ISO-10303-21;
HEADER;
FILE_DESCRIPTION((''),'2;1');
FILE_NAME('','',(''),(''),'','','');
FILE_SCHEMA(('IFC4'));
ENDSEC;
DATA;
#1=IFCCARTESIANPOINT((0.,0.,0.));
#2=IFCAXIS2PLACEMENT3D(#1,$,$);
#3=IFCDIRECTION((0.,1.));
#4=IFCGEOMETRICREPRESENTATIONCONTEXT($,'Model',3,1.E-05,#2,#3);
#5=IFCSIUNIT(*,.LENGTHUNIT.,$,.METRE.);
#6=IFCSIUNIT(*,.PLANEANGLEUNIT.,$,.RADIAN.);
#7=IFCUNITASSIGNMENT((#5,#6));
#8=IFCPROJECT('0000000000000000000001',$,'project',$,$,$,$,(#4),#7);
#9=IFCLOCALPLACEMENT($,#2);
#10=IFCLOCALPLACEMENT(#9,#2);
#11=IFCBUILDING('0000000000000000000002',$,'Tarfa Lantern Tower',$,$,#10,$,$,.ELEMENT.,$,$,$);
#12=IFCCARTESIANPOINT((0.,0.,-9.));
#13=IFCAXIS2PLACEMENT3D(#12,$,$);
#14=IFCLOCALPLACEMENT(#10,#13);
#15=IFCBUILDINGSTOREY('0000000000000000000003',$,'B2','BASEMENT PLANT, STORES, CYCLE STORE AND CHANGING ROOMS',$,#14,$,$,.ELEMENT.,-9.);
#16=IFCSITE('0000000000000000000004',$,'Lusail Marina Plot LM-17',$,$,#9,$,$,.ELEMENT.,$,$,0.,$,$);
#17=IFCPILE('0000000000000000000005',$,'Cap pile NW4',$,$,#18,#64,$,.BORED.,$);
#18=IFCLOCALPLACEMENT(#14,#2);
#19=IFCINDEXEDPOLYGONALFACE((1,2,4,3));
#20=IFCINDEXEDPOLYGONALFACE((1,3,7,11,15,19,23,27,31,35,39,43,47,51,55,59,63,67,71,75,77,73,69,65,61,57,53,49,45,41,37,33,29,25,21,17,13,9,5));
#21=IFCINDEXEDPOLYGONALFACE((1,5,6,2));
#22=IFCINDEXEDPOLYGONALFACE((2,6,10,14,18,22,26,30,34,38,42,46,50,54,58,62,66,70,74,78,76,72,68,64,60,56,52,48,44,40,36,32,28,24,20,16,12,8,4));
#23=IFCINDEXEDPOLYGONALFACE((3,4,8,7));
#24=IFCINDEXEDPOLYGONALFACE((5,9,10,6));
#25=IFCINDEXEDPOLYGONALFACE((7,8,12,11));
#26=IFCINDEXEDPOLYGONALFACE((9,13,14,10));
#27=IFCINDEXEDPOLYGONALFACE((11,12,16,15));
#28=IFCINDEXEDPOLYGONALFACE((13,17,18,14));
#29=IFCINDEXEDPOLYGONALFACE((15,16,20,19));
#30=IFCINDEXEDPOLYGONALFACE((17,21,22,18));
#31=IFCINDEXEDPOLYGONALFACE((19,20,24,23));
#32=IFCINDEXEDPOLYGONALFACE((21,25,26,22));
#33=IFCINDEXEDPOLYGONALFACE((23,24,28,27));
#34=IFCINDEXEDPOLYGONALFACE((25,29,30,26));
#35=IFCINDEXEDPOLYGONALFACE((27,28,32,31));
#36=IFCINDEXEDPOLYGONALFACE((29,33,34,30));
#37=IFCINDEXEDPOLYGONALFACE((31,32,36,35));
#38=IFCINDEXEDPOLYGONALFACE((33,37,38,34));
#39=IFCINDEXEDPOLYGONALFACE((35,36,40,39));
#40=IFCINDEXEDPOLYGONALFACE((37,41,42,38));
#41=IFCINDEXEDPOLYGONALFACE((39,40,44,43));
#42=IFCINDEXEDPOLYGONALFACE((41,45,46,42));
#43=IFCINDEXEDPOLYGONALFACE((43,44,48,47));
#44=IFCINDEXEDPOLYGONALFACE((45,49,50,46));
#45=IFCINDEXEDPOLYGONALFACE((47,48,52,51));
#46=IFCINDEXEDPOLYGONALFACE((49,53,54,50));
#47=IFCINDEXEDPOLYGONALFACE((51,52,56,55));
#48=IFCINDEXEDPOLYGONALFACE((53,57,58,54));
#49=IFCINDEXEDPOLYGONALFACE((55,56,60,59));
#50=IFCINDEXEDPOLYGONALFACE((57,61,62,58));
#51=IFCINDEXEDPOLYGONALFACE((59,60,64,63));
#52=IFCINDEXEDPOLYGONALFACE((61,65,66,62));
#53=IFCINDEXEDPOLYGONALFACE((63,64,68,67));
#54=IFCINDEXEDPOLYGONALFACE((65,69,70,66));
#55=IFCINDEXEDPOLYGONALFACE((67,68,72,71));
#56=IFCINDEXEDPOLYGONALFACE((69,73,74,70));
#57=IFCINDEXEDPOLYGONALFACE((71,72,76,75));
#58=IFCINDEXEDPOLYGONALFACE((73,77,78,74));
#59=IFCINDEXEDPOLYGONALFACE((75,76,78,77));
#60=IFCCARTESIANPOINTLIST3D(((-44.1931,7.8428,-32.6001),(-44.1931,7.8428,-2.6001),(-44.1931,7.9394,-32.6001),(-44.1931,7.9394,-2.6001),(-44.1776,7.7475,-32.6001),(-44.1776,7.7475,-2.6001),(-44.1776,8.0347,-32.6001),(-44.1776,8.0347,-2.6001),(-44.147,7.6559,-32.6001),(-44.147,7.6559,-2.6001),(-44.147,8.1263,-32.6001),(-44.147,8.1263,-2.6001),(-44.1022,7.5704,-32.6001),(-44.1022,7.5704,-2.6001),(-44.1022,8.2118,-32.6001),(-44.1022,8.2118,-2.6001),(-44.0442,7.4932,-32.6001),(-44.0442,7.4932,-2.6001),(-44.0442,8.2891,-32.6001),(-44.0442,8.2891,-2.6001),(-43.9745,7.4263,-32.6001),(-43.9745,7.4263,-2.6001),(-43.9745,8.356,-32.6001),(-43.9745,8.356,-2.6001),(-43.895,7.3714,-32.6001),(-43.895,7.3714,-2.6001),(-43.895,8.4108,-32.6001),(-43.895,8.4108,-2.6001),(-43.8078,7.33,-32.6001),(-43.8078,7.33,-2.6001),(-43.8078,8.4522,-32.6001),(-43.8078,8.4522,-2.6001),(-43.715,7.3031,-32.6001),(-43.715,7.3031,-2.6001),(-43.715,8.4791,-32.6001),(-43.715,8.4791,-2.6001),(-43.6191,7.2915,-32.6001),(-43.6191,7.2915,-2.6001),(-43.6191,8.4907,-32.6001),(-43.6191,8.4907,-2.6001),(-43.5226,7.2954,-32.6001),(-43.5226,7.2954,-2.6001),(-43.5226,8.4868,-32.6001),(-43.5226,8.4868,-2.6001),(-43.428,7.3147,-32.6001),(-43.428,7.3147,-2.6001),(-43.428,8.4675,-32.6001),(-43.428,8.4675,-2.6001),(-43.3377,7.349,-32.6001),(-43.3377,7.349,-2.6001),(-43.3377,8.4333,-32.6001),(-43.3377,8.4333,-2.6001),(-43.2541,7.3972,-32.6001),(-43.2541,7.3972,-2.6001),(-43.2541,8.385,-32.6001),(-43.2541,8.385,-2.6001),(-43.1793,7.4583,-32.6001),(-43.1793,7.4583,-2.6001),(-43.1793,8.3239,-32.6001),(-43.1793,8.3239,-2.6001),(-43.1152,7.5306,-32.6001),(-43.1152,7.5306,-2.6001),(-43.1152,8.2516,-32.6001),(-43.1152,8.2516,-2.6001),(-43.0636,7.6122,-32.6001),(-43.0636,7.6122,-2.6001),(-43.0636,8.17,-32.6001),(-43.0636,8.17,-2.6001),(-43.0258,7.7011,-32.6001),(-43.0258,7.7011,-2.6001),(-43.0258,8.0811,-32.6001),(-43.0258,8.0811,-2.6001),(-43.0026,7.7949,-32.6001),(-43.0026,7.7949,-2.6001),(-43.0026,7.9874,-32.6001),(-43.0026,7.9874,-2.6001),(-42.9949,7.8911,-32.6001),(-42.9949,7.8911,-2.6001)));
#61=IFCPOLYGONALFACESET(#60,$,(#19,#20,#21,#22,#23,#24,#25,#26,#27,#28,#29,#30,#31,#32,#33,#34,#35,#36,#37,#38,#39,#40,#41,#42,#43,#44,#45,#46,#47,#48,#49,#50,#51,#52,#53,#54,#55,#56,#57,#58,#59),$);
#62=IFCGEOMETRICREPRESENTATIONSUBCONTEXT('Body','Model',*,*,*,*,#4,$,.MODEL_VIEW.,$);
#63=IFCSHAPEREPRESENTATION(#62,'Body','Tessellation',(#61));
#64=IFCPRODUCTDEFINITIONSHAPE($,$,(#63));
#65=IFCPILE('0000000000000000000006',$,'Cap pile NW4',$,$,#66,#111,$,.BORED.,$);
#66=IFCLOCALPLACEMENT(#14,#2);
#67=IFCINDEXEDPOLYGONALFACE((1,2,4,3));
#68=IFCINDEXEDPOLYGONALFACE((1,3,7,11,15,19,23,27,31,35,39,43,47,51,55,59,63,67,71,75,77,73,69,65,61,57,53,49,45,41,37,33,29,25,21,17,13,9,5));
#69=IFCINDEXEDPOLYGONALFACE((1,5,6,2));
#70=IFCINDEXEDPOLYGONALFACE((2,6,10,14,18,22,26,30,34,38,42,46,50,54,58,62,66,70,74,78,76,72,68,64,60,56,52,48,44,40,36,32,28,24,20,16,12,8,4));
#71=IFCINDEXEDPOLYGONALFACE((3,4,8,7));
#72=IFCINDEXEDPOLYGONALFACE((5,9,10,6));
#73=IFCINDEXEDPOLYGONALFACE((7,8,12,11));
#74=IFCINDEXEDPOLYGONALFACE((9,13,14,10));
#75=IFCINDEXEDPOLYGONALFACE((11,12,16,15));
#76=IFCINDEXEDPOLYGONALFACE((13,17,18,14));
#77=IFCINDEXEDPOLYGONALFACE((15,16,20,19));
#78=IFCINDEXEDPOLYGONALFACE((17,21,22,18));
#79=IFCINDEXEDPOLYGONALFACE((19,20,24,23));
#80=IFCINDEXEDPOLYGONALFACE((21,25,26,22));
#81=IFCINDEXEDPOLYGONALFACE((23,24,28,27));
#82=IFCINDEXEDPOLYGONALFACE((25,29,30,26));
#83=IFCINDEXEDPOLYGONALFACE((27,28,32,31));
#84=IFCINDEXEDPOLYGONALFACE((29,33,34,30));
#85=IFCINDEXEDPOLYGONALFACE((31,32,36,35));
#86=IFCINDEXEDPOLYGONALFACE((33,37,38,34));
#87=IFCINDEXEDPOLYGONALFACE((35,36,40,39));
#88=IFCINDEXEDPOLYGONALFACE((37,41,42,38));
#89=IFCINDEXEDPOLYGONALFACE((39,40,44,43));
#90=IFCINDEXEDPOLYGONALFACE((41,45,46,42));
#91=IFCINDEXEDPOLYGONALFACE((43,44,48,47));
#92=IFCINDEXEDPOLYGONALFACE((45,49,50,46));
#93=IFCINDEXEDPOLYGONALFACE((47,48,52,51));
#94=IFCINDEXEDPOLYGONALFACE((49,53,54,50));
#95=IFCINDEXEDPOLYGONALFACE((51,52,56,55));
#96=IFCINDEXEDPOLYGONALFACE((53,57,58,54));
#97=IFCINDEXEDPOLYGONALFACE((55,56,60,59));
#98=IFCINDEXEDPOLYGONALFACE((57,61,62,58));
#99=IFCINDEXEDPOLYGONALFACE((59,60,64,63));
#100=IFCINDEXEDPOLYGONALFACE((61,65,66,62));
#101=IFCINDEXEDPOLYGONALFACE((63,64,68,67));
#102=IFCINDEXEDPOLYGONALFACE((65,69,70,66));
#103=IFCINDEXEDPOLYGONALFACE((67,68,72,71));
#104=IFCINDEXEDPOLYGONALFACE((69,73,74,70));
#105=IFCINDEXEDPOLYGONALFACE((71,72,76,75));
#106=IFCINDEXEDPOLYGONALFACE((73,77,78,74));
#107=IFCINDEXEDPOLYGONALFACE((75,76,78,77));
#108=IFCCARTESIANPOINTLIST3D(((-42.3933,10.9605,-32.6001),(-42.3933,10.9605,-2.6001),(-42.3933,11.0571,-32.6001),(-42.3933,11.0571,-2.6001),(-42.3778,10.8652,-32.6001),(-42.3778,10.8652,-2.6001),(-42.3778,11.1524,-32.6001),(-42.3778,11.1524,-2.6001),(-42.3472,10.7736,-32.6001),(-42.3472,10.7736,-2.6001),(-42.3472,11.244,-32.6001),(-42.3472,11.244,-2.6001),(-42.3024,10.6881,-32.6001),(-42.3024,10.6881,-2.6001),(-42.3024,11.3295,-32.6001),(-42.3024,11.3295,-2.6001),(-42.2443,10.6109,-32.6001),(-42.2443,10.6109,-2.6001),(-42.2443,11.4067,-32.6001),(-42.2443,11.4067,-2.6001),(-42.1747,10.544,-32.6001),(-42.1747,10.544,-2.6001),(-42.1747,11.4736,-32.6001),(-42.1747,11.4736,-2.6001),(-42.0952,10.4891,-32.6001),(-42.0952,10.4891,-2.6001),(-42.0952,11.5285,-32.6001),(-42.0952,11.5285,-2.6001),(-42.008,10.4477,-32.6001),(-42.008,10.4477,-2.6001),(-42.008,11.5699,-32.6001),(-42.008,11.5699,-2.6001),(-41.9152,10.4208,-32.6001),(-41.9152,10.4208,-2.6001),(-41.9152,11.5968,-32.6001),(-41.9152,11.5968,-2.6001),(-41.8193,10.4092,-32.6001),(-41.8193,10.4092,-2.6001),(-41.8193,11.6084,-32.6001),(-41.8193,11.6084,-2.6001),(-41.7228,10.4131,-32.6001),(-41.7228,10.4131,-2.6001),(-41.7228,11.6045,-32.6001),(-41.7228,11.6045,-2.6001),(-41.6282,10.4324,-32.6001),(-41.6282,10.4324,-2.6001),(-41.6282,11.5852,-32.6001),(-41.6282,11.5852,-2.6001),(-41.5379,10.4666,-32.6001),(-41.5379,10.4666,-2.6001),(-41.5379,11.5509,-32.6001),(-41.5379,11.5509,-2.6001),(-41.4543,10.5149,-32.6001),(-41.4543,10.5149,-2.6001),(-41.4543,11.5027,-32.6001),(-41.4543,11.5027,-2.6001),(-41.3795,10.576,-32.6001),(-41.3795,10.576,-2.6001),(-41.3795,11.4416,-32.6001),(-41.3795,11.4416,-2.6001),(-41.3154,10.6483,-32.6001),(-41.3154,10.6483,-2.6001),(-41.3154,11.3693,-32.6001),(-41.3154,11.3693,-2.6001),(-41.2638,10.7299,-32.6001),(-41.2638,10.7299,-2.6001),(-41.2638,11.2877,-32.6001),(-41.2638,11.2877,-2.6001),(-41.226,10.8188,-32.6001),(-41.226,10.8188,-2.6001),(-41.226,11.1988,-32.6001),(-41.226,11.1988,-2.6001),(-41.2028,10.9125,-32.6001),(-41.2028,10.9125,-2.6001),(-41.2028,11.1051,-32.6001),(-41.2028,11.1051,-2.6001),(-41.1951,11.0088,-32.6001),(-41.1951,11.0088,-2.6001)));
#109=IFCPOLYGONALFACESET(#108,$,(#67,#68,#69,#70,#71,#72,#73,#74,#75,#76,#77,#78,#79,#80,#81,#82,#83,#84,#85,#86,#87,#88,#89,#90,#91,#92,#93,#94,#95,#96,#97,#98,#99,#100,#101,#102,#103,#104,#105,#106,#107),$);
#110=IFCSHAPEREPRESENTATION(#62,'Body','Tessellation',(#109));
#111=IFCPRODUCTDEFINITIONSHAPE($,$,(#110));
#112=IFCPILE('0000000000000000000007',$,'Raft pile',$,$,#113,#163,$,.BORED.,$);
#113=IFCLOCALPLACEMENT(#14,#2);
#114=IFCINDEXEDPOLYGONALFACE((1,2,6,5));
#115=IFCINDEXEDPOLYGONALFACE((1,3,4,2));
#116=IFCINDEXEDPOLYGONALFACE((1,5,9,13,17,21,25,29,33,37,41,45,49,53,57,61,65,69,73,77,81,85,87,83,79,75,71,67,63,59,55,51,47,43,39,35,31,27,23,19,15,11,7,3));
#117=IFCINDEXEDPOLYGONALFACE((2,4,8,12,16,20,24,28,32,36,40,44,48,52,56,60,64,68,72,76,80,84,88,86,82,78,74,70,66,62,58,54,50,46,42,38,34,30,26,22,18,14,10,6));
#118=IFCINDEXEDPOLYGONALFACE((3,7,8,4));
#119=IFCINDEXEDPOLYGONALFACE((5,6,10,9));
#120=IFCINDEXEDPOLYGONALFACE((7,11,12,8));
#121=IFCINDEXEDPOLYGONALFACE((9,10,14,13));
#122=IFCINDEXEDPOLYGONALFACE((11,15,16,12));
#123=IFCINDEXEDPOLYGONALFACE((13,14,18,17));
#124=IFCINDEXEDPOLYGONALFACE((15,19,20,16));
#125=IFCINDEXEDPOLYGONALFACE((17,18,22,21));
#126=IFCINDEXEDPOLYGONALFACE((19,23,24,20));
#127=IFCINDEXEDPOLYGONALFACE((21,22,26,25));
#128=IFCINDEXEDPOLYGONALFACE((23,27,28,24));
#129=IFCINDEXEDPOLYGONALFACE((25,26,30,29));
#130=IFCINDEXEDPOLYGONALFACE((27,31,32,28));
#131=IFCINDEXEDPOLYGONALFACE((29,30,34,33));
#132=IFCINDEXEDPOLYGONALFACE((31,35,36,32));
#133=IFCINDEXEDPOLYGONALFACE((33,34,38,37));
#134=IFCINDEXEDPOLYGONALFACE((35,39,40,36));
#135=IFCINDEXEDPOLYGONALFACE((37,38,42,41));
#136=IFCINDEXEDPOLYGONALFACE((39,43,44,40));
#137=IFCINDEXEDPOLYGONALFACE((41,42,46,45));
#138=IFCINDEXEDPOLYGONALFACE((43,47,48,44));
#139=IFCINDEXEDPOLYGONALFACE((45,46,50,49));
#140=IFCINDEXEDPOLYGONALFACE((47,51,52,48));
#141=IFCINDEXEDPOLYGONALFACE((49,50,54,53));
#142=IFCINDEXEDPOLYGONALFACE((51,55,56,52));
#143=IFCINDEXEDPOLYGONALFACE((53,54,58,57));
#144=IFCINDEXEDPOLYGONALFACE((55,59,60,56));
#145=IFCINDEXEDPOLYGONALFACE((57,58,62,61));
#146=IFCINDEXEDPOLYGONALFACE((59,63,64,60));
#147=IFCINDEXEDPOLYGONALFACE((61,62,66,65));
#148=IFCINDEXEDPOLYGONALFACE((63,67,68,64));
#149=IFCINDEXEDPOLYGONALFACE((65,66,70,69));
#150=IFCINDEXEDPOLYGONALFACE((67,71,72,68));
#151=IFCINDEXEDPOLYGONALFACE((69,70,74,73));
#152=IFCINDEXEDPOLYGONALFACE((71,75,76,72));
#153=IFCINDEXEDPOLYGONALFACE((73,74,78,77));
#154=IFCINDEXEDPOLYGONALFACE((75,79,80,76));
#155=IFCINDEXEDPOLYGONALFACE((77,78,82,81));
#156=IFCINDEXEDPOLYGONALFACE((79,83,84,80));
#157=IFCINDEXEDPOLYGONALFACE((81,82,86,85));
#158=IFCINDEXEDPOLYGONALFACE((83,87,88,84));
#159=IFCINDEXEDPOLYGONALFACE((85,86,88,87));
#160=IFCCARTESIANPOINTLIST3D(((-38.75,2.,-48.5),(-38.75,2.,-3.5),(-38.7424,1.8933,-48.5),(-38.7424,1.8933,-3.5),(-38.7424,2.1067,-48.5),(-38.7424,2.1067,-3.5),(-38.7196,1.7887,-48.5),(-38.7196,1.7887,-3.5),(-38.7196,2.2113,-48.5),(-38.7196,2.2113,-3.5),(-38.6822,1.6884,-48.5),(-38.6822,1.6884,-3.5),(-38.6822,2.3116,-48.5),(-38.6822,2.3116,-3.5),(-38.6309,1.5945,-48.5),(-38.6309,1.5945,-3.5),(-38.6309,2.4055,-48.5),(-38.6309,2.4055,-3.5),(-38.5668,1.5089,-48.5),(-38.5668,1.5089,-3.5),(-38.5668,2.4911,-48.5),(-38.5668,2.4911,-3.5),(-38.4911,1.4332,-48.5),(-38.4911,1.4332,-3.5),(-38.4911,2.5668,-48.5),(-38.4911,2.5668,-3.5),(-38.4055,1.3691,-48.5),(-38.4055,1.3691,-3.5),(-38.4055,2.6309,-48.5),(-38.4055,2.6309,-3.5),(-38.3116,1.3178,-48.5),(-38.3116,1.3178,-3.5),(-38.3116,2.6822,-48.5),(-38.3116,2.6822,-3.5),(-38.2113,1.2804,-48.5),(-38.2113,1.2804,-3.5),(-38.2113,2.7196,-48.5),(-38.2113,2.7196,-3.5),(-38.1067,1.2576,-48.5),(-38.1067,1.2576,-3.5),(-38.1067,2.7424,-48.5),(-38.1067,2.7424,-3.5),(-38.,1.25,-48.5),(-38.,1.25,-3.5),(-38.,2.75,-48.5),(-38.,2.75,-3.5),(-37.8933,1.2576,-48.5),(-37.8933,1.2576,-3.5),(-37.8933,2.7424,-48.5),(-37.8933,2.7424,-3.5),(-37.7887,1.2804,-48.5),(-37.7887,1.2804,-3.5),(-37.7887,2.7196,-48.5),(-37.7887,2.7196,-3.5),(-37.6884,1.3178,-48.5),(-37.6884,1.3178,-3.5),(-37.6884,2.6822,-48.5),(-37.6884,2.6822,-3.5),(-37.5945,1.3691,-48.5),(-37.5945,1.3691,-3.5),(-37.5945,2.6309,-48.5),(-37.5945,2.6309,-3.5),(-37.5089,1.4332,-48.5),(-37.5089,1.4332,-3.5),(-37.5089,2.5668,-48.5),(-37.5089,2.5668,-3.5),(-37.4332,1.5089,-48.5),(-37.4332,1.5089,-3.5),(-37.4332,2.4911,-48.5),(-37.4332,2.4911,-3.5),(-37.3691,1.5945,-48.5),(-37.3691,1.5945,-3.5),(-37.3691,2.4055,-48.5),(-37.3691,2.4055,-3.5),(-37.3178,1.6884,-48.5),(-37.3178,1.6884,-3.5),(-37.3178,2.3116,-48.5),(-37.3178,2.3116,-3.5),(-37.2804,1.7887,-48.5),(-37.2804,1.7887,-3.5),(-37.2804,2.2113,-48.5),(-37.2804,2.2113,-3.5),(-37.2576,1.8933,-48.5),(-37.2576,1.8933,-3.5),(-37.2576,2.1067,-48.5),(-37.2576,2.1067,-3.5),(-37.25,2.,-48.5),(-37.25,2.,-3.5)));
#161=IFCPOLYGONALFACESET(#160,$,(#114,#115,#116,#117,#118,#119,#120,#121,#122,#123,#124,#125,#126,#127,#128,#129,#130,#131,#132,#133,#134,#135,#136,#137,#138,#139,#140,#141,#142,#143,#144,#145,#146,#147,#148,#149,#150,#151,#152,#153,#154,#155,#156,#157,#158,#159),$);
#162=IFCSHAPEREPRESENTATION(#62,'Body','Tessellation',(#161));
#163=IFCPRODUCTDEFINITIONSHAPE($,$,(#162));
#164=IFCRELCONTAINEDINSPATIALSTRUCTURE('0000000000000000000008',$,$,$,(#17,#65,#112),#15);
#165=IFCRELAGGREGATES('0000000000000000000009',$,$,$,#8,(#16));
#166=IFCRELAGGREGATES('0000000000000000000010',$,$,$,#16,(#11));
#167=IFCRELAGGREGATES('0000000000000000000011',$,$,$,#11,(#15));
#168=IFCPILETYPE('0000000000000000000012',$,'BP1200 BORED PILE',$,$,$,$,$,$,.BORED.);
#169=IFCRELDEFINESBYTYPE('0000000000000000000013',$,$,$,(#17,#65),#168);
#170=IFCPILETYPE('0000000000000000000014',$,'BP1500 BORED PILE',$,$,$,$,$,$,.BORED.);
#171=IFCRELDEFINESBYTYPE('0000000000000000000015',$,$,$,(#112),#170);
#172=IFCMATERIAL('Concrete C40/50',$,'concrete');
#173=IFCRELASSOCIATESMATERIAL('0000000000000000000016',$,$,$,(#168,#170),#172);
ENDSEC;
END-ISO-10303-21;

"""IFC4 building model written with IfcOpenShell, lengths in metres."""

from ifc_helpers import new_model, si_unit, direction, frame, origin, origin_2d, place, context, subcontext, project, spatial, circle, extrude, material, material_profile, profile_set, type_object, element, save


model = new_model("IFC4")

# Units and contexts
model_context = context("Model", 3, precision=1e-05, world=origin(), true_north=direction((0.0, 1.0)))
body_context = subcontext(model_context, "Body", "Model", "MODEL_VIEW")
ifc_project = project(units=[si_unit("LENGTHUNIT", "METRE"), si_unit("PLANEANGLEUNIT", "RADIAN")], contexts=[model_context])

# Site, building, storey
site_placement = place(None, origin())
site = spatial("IfcSite", under=ifc_project, at=site_placement, Name="Lusail Marina Plot LM-17", CompositionType="ELEMENT", RefElevation=0.0)
building_placement = place(site_placement, origin())
building = spatial("IfcBuilding", under=site, at=building_placement, Name="Tarfa Lantern Tower", CompositionType="ELEMENT")
storey_placement = place(building_placement, frame((0.0, 0.0, -9.0)))
storey = spatial("IfcBuildingStorey", under=building, at=storey_placement, Name="B2", Description="BASEMENT PLANT, STORES, CYCLE STORE AND CHANGING ROOMS", CompositionType="ELEMENT", Elevation=-9.0)

# Piles
ifc_material_1 = material(Name="Concrete C40/50", Category="concrete")
ifc_material_profile_1 = material_profile(ifc_material_1, circle(Radius=0.6001, at=origin_2d()), Name="BORED PILE D1200")
ifc_profile_set_1 = profile_set([ifc_material_profile_1], Name="Concrete C40/50")
pile_type_1 = type_object("IfcPileType", Name="BP1200 BORED PILE", PredefinedType="BORED", material=ifc_profile_set_1)
for number, where, z_axis, x_axis, name in (
    (1, (-43.595, 7.8911, -2.6001), (0.0, 0.0, -1.0), (1.0, 0.0, 0.0), "Cap pile NW4"),
    (2, (-41.7952, 11.0088, -2.6001), (0.0, 0.0, -1.0), (1.0, 0.0, 0.0), "Cap pile NW4"),
):
    element("IfcPile", number, at=place(storey_placement, frame(where, z_axis=z_axis, x_axis=x_axis)), inside=storey, type_object=pile_type_1, Name=name, PredefinedType="BORED", context=body_context, shape_type="SweptSolid", body=[
        extrude(circle(Radius=0.6001, at=origin_2d()), origin(), (0.0, 0.0, 1.0), 30.0),
    ])
ifc_material_profile_2 = material_profile(ifc_material_1, circle(Radius=0.75, at=origin_2d()), Name="BORED PILE D1500")
ifc_profile_set_2 = profile_set([ifc_material_profile_2], Name="Concrete C40/50")
pile_type_2 = type_object("IfcPileType", Name="BP1500 BORED PILE", PredefinedType="BORED", material=ifc_profile_set_2)
for number, where, z_axis, x_axis, name in (
    (3, (-38.0, 2.0, -3.5), (0.0, 0.0, -1.0), (1.0, 0.0, 0.0), "Raft pile"),
):
    element("IfcPile", number, at=place(storey_placement, frame(where, z_axis=z_axis, x_axis=x_axis)), inside=storey, type_object=pile_type_2, Name=name, PredefinedType="BORED", context=body_context, shape_type="SweptSolid", body=[
        extrude(circle(Radius=0.75, at=origin_2d()), origin(), (0.0, 0.0, 1.0), 45.0),
    ])

save(model, "model.ifc")
